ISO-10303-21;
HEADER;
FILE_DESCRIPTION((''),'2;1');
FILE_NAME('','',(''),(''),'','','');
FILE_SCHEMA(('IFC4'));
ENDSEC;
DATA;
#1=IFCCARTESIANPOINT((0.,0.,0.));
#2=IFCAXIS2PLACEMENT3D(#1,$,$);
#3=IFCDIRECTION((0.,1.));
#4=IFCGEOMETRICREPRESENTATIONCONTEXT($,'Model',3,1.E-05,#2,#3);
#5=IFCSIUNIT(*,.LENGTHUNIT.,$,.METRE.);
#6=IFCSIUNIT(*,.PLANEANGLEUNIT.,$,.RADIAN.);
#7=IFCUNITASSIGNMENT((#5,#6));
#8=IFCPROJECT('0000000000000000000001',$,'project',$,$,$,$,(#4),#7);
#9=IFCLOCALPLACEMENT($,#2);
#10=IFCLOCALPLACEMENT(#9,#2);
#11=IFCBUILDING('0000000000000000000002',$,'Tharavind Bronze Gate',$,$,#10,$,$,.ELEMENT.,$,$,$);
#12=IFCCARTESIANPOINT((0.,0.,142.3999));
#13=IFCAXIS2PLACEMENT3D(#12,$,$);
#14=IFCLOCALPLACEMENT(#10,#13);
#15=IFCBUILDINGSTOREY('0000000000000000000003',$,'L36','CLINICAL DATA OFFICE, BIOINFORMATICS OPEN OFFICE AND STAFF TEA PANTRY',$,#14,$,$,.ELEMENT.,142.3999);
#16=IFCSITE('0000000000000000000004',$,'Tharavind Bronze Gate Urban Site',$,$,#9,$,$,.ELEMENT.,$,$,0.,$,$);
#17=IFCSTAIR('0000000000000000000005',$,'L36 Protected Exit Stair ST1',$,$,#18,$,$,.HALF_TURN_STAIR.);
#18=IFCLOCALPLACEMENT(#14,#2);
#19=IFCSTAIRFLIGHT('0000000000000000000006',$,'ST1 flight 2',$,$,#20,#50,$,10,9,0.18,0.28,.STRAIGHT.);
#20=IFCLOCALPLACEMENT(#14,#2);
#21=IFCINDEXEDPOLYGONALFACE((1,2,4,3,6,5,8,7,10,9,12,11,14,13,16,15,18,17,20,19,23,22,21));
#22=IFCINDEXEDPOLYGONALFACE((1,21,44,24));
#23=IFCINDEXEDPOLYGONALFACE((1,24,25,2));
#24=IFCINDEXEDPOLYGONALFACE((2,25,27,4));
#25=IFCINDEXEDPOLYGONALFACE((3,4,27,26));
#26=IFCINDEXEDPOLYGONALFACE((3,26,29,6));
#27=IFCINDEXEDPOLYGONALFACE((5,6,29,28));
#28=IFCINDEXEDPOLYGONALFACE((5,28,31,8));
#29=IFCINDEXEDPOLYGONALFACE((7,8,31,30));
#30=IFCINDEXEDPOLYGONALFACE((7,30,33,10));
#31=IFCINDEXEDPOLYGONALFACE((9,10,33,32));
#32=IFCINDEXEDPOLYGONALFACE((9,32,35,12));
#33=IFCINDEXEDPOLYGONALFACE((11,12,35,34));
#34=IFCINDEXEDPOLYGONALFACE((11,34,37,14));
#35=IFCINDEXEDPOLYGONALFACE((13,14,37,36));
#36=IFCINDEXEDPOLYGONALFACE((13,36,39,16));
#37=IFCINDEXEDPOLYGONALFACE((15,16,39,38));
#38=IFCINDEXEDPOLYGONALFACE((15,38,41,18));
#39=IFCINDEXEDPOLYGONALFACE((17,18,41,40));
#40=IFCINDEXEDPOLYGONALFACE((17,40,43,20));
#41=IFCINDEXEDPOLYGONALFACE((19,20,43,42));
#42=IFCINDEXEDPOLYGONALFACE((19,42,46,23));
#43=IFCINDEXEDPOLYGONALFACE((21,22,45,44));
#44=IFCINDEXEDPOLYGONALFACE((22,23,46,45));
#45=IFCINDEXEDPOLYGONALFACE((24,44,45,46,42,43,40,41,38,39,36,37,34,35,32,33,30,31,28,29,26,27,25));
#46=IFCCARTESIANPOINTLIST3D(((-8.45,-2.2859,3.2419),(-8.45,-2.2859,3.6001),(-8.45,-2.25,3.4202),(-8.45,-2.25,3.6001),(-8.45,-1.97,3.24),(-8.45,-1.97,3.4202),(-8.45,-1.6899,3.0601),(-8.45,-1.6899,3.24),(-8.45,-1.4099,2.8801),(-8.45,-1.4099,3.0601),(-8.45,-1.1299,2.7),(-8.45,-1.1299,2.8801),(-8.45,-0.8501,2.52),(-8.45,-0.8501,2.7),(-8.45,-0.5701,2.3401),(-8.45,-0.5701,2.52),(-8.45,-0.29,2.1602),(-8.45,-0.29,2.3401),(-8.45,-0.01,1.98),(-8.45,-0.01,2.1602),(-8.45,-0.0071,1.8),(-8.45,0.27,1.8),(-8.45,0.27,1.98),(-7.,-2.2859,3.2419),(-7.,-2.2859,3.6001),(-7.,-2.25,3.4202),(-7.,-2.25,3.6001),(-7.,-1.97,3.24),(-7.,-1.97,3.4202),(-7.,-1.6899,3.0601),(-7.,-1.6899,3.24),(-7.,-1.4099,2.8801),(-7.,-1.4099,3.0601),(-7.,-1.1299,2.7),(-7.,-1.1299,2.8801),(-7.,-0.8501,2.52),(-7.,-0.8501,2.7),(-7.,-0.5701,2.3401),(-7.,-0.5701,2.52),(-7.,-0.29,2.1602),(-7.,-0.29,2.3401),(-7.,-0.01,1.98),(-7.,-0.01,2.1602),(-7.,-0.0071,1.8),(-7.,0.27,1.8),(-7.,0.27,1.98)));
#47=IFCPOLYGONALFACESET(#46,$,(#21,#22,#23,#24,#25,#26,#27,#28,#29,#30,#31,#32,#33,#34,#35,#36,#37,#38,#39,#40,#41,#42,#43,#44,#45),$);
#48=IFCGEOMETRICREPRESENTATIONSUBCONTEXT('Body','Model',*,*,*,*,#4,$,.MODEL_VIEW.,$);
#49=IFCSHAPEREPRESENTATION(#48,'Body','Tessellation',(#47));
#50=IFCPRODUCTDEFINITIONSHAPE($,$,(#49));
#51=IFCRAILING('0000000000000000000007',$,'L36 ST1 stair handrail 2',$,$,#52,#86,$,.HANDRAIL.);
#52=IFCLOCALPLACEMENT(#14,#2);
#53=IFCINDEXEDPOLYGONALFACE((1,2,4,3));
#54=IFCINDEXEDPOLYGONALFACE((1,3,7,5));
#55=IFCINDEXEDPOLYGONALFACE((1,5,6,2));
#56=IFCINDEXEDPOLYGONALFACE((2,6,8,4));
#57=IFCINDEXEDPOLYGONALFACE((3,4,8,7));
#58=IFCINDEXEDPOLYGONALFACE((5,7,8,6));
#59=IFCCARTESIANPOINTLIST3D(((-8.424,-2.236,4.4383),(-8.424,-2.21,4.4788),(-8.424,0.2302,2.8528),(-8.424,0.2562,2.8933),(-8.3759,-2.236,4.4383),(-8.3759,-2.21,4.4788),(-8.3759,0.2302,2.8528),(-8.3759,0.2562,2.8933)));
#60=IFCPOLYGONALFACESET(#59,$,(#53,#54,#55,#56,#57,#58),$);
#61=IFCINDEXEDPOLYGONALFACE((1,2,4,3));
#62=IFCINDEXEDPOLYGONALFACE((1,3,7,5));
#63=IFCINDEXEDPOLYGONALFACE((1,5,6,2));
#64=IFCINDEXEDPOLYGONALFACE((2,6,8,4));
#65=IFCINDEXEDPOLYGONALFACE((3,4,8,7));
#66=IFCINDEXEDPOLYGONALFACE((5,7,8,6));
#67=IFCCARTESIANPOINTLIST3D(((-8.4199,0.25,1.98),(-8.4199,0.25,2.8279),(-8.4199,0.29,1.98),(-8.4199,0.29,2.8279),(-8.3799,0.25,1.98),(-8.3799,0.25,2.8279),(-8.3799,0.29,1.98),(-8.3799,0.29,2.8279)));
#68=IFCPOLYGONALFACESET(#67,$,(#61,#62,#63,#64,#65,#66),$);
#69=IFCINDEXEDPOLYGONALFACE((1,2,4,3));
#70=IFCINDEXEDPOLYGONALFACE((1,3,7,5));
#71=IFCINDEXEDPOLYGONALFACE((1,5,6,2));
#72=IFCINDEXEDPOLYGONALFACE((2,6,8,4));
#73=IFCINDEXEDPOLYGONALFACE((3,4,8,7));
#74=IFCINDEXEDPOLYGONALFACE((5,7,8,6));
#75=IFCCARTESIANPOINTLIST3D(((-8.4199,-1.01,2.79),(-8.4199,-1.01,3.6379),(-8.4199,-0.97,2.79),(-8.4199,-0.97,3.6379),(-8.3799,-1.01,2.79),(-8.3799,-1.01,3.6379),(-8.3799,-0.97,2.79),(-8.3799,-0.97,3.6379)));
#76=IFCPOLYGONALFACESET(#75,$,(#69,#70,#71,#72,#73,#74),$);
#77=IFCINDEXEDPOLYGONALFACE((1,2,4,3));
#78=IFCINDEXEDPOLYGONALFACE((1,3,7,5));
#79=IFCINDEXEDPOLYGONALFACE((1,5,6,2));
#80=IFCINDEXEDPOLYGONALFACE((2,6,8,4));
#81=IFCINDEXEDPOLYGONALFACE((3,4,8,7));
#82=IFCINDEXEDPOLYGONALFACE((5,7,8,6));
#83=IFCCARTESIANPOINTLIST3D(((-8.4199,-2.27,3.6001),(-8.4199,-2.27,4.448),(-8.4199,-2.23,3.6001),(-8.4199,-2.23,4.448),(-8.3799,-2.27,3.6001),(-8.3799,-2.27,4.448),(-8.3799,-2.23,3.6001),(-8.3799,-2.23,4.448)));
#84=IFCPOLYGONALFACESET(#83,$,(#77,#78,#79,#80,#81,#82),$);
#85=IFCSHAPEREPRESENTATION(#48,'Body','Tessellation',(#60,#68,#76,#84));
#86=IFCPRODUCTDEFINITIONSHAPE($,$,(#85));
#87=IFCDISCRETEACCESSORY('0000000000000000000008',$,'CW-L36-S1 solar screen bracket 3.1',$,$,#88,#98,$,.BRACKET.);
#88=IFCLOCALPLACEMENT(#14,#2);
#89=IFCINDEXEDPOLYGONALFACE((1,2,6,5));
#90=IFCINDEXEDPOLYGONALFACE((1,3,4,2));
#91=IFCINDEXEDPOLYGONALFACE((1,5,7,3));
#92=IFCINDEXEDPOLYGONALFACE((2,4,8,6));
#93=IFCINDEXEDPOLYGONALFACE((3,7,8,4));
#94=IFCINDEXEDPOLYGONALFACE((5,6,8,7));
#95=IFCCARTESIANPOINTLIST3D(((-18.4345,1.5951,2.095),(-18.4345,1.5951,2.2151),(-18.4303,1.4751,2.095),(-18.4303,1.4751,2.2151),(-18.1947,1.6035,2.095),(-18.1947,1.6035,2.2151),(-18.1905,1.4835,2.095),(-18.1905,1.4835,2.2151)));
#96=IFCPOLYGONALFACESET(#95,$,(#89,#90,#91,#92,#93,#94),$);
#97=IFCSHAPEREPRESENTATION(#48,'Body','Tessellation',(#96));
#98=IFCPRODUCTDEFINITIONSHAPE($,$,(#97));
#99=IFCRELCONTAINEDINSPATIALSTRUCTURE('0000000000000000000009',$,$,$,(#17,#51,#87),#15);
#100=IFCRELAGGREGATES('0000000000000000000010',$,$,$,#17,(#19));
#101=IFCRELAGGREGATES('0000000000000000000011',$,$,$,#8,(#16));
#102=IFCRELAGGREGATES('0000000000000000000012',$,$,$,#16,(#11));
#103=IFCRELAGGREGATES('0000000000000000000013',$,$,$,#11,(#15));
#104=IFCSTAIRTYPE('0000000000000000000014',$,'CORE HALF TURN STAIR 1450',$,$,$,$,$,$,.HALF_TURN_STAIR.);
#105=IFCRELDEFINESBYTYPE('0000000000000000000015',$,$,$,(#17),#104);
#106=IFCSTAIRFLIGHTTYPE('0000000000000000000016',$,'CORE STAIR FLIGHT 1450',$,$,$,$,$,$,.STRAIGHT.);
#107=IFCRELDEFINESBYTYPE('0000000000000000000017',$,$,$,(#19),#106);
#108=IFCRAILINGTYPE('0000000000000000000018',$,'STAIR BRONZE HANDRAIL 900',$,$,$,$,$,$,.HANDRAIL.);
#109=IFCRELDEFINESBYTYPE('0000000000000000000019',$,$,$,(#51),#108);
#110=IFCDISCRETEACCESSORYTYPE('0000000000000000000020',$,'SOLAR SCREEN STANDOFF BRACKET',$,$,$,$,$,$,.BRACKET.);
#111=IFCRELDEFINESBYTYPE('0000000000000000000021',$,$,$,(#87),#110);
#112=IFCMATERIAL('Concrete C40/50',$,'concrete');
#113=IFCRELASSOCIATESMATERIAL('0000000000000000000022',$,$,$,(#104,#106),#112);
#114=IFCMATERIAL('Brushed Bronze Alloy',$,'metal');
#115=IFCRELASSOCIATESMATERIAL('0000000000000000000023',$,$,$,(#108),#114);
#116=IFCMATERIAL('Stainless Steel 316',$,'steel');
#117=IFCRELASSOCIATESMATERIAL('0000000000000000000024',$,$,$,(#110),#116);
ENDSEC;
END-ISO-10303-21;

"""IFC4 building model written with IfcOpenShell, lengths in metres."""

from ifc_helpers import new_model, si_unit, direction, frame, origin, origin_2d, place, context, subcontext, project, spatial, polyline, rectangle, outline, extrude, material, type_object, element, aggregate, save


model = new_model("IFC4")

# Units and contexts
model_context = context("Model", 3, precision=1e-05, world=origin(), true_north=direction((0.0, 1.0)))
body_context = subcontext(model_context, "Body", "Model", "MODEL_VIEW")
ifc_project = project(units=[si_unit("LENGTHUNIT", "METRE"), si_unit("PLANEANGLEUNIT", "RADIAN")], contexts=[model_context])

# Site, building, storey
site_placement = place(None, origin())
site = spatial("IfcSite", under=ifc_project, at=site_placement, Name="Tharavind Bronze Gate Urban Site", CompositionType="ELEMENT", RefElevation=0.0)
building_placement = place(site_placement, origin())
building = spatial("IfcBuilding", under=site, at=building_placement, Name="Tharavind Bronze Gate", CompositionType="ELEMENT")
storey_placement = place(building_placement, frame((0.0, 0.0, 142.3999)))
storey = spatial("IfcBuildingStorey", under=building, at=storey_placement, Name="L36", Description="CLINICAL DATA OFFICE, BIOINFORMATICS OPEN OFFICE AND STAFF TEA PANTRY", CompositionType="ELEMENT", Elevation=142.3999)

# Stair, stair flight
ifc_material_1 = material(Name="Concrete C40/50", Category="concrete")
stair_type = type_object("IfcStairType", Name="CORE HALF TURN STAIR 1450", PredefinedType="HALF_TURN_STAIR", material=ifc_material_1)
stair_placement = place(storey_placement, origin())
stair = element("IfcStair", 1, at=stair_placement, inside=storey, type_object=stair_type, Name="L36 Protected Exit Stair ST1", PredefinedType="HALF_TURN_STAIR")
stair_flight_type = type_object("IfcStairFlightType", Name="CORE STAIR FLIGHT 1450", PredefinedType="STRAIGHT", material=ifc_material_1)
stair_flight_placement = place(storey_placement, frame((-7.7251, 0.27, 1.8), z_axis=(0.0, 0.0, 1.0), x_axis=(0.0, -1.0, 0.0)))
stair_flight = element("IfcStairFlight", 2, at=stair_flight_placement, type_object=stair_flight_type, Name="ST1 flight 2", NumberOfRisers=10, NumberOfTreads=9, PredefinedType="STRAIGHT", RiserHeight=0.18, TreadLength=0.28, context=body_context, shape_type="SweptSolid", body=[
    extrude(outline(polyline([(0.0, 0.0), (0.0, 0.1799), (0.28, 0.1799), (0.28, 0.3601), (0.5601, 0.3601), (0.5601, 0.54), (0.8401, 0.54), (0.8401, 0.72), (1.1201, 0.72), (1.1201, 0.8999), (1.3999, 0.8999), (1.3999, 1.0801), (1.6799, 1.0801), (1.6799, 1.26), (1.96, 1.26), (1.96, 1.4399), (2.24, 1.4399), (2.24, 1.6201), (2.52, 1.6201), (2.52, 1.8), (2.5559, 1.8), (2.5559, 1.4419), (0.2771, 0.0), (0.0, 0.0)])), frame((0.0, 0.7251, 0.0), z_axis=(0.0, -1.0, 0.0), x_axis=(1.0, 0.0, 0.0)), (0.0, 0.0, 1.0), 1.45),
])
aggregate(stair, [stair_flight])

# Railing
ifc_material_2 = material(Name="Brushed Bronze Alloy", Category="metal")
railing_type = type_object("IfcRailingType", Name="STAIR BRONZE HANDRAIL 900", PredefinedType="HANDRAIL", material=ifc_material_2)
railing_placement = place(storey_placement, frame((-8.3999, 0.27, 1.98)))
element("IfcRailing", 3, at=railing_placement, inside=storey, type_object=railing_type, Name="L36 ST1 stair handrail 2", PredefinedType="HANDRAIL", context=body_context, shape_type="SweptSolid", body=[
    extrude(rectangle(XDim=0.0481, YDim=0.0481, at=origin_2d()), frame((0.0, -0.0269, 0.8931), z_axis=(0.0, -0.841163, 0.540782), x_axis=(1.0, 0.0, 0.0)), (0.0, 0.0, 1.0), 2.9319),
    extrude(rectangle(XDim=0.04, YDim=0.04, at=origin_2d()), origin(), (0.0, 0.0, 1.0), 0.8479),
    extrude(rectangle(XDim=0.04, YDim=0.04, at=origin_2d()), frame((0.0, -1.26, 0.8101)), (0.0, 0.0, 1.0), 0.8479),
    extrude(rectangle(XDim=0.04, YDim=0.04, at=origin_2d()), frame((0.0, -2.52, 1.6201)), (0.0, 0.0, 1.0), 0.8479),
])

# Discrete accessory
ifc_material_3 = material(Name="Stainless Steel 316", Category="steel")
discrete_accessory_type = type_object("IfcDiscreteAccessoryType", Name="SOLAR SCREEN STANDOFF BRACKET", PredefinedType="BRACKET", material=ifc_material_3)
discrete_accessory_placement = place(storey_placement, frame((-18.3125, 1.5393, 2.095), z_axis=(0.0, 0.0, 1.0), x_axis=(0.034899, -0.999391, 0.0)))
element("IfcDiscreteAccessory", 4, at=discrete_accessory_placement, inside=storey, type_object=discrete_accessory_type, Name="CW-L36-S1 solar screen bracket 3.1", PredefinedType="BRACKET", context=body_context, shape_type="SweptSolid", body=[
    extrude(rectangle(XDim=0.1201, YDim=0.24, at=origin_2d()), origin(), (0.0, 0.0, 1.0), 0.1201),
])

save(model, "model.ifc")
